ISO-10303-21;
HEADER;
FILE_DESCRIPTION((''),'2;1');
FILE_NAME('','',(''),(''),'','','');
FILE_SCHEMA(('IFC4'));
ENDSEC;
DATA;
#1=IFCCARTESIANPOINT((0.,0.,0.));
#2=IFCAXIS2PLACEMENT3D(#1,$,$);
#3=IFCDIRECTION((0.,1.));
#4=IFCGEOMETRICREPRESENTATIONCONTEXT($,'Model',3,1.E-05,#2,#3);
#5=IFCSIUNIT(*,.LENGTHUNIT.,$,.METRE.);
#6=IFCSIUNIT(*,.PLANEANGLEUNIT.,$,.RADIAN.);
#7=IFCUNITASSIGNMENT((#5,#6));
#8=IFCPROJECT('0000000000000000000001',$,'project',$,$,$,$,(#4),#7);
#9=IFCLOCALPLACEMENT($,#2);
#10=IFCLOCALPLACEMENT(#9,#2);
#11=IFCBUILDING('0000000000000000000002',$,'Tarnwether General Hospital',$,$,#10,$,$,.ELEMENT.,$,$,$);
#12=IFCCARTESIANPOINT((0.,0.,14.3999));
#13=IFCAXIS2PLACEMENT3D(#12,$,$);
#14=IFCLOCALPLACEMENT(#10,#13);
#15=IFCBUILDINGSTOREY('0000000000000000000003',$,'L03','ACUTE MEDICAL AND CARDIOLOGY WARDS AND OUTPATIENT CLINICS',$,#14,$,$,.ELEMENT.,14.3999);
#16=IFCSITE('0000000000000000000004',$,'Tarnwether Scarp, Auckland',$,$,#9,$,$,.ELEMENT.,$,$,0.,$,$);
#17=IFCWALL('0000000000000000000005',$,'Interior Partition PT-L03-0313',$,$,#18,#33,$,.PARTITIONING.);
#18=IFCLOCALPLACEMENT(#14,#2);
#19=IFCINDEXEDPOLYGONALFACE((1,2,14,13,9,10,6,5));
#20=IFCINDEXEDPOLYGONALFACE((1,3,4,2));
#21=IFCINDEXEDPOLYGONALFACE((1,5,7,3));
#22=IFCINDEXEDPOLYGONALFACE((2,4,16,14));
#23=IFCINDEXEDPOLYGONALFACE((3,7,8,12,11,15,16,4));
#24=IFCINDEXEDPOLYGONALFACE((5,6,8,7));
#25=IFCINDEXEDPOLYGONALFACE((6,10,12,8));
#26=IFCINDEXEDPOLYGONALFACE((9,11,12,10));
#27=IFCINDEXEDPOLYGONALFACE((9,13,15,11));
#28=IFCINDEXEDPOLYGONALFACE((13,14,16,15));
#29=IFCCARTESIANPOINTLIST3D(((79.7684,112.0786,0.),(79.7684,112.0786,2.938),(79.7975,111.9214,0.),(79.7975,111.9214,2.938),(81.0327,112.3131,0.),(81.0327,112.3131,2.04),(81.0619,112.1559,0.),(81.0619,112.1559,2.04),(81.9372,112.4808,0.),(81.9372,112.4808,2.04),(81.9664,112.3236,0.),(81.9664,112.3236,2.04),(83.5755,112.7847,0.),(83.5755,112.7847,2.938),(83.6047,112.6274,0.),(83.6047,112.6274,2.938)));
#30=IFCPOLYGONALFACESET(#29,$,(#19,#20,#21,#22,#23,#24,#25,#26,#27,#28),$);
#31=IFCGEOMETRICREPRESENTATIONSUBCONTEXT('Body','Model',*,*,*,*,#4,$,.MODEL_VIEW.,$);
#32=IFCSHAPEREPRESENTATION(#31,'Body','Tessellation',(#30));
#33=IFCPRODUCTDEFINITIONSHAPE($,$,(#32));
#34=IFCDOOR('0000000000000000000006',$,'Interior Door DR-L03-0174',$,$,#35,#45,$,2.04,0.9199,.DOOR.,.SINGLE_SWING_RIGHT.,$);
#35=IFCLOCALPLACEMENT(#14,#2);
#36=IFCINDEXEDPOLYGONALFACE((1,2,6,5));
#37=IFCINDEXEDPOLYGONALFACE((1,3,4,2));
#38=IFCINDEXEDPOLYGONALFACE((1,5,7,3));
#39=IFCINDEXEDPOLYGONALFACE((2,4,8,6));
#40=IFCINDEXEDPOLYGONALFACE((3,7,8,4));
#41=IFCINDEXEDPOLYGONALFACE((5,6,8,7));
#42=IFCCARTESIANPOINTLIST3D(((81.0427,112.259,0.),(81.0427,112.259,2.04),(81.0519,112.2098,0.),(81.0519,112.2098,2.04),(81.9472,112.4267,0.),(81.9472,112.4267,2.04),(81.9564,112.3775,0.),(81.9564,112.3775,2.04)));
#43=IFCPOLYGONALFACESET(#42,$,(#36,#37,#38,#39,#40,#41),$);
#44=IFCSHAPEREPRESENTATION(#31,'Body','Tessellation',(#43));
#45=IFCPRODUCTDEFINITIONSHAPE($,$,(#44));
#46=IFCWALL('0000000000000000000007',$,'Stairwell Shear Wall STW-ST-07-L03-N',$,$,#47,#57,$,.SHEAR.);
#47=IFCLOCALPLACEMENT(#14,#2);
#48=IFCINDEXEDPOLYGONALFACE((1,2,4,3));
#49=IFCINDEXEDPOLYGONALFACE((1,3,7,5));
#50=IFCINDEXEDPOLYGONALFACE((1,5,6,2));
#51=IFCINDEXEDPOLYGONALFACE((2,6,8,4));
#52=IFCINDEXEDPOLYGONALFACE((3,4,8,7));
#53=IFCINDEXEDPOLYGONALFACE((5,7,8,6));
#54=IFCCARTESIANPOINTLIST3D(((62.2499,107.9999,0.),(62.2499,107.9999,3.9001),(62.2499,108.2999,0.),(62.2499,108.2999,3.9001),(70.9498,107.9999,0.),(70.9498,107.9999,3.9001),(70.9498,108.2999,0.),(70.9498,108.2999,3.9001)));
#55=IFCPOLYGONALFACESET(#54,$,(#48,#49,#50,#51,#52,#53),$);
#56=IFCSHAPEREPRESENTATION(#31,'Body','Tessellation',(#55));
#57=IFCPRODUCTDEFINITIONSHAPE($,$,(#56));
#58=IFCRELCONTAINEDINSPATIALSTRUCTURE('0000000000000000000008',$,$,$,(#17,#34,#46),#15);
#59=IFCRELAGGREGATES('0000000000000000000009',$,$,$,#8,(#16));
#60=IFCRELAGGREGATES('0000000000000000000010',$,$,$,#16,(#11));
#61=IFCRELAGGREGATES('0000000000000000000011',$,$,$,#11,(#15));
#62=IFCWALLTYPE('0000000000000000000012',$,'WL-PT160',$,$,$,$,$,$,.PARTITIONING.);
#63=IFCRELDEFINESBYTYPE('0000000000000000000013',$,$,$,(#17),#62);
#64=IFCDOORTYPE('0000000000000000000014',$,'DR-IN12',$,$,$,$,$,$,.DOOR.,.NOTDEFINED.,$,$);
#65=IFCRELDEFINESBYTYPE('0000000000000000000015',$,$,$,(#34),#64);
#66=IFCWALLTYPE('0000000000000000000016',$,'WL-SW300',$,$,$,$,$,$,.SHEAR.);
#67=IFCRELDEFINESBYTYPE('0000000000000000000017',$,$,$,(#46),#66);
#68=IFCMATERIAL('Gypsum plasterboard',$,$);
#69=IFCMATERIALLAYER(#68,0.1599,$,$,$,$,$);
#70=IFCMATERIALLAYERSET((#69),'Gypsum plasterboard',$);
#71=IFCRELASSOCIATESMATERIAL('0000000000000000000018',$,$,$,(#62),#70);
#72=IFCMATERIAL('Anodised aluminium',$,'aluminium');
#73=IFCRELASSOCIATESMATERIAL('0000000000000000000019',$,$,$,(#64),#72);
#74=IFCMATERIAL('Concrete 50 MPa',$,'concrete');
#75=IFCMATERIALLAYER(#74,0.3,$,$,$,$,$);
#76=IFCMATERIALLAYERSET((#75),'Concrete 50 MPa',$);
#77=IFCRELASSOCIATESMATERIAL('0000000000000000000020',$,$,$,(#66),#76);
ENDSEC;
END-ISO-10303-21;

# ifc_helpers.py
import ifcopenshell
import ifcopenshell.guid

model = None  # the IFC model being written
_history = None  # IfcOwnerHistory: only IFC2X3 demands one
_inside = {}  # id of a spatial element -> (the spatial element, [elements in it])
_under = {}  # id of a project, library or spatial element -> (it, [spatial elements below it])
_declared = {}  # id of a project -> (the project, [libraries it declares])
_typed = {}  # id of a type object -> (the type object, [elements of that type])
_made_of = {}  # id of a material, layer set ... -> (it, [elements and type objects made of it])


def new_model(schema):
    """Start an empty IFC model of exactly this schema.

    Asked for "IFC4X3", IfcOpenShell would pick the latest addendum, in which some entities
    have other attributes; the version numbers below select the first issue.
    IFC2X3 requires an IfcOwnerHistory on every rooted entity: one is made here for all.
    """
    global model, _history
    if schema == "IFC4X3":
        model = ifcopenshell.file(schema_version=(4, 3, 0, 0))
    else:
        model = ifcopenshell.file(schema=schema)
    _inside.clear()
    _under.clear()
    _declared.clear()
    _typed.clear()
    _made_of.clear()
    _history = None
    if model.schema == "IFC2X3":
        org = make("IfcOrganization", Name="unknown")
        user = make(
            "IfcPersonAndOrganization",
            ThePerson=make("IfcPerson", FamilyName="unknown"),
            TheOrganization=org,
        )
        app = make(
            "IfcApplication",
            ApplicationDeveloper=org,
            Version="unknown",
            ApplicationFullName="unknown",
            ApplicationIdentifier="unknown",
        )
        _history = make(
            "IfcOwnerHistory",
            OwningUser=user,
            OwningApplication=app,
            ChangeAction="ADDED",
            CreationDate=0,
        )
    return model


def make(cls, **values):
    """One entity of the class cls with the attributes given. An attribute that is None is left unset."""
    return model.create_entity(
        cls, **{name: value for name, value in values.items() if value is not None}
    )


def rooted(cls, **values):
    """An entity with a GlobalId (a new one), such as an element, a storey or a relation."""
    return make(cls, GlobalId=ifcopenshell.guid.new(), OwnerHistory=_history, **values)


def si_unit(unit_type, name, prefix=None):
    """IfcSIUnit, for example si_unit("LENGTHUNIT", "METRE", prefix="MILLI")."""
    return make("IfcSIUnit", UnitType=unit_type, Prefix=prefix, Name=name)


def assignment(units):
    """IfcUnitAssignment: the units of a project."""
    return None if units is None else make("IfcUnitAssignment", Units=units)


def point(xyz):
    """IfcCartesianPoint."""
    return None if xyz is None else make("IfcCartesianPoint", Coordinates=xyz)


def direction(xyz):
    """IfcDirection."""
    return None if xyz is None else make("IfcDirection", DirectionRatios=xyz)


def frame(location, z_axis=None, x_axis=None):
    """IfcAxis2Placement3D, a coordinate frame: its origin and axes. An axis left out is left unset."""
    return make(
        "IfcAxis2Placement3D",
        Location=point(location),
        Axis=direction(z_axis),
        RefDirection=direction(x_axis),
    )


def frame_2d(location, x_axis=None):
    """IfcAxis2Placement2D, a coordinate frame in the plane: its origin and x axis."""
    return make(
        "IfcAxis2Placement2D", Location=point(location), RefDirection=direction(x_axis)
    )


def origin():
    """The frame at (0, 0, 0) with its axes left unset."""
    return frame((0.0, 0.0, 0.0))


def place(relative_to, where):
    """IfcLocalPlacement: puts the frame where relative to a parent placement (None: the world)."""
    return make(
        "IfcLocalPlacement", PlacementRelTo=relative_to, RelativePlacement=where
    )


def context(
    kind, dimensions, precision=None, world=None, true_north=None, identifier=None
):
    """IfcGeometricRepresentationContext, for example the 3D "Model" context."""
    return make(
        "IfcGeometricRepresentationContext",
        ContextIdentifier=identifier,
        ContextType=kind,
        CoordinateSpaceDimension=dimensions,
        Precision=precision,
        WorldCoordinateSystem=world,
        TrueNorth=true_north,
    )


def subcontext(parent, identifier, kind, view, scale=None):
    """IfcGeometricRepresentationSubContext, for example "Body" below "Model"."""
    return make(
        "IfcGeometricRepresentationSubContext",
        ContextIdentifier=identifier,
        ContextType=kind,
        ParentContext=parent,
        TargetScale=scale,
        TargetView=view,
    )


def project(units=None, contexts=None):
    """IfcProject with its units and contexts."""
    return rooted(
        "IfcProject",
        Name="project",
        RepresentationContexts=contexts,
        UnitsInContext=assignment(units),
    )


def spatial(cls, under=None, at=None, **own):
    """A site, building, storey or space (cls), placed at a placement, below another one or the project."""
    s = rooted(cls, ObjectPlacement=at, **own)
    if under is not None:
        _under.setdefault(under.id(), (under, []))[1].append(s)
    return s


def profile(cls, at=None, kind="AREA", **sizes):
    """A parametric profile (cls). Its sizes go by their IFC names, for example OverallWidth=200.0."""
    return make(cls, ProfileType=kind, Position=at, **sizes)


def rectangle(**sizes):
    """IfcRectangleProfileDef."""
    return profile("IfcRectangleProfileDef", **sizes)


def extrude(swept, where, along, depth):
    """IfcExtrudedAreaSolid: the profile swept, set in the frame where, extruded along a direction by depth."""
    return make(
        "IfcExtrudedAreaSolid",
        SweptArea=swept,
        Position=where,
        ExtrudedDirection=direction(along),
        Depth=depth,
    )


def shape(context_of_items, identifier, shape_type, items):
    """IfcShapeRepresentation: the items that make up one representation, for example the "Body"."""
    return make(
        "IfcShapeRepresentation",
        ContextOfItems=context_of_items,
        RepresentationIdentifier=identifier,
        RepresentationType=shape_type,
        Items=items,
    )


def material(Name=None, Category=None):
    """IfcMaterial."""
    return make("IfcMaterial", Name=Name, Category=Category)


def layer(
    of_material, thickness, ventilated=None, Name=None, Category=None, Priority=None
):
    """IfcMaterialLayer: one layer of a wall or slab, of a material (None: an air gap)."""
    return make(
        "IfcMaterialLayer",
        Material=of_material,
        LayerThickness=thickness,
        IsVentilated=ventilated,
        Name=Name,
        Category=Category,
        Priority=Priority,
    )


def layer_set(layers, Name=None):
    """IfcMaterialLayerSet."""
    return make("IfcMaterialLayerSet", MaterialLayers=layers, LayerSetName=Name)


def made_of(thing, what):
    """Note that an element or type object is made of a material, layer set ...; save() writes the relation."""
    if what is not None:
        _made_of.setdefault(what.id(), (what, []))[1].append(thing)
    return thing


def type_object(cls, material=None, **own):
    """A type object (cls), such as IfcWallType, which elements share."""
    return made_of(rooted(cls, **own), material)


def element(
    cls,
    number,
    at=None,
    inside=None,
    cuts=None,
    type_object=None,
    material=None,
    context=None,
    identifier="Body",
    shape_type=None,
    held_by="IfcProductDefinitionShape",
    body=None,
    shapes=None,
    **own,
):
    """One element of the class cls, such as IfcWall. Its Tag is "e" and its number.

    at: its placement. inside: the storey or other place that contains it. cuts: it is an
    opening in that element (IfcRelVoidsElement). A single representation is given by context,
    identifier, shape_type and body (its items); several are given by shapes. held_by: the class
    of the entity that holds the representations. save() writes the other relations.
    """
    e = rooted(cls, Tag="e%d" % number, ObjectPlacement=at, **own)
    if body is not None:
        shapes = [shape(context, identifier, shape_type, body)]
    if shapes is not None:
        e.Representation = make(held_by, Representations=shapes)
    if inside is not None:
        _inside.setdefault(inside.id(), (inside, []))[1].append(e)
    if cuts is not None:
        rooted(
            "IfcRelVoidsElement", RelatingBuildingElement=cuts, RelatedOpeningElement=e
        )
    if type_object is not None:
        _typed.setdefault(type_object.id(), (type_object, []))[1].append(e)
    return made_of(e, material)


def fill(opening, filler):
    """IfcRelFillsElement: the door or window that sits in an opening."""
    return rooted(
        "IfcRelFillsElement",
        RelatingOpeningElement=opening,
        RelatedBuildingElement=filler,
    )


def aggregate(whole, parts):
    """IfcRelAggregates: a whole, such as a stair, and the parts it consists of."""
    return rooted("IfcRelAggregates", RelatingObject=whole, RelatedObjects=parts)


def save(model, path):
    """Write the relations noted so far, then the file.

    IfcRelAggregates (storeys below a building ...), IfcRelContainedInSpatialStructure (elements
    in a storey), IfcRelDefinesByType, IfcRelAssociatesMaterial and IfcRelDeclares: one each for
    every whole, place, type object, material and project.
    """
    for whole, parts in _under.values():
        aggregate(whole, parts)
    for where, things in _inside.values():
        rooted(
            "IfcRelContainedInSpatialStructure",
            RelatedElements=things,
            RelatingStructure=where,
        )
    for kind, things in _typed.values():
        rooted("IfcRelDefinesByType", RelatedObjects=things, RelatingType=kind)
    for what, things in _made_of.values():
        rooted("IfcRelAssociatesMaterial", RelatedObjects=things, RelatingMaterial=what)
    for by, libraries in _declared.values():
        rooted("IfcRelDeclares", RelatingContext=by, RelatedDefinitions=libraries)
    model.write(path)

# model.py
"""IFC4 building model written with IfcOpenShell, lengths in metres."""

from ifc_helpers import new_model, si_unit, direction, frame, frame_2d, origin, place, context, subcontext, project, spatial, rectangle, extrude, material, layer, layer_set, type_object, element, fill, save


model = new_model("IFC4")

# Units and contexts
model_context = context("Model", 3, precision=1e-05, world=origin(), true_north=direction((0.0, 1.0)))
body_context = subcontext(model_context, "Body", "Model", "MODEL_VIEW")
ifc_project = project(units=[si_unit("LENGTHUNIT", "METRE"), si_unit("PLANEANGLEUNIT", "RADIAN")], contexts=[model_context])

# Site, building, storey
site_placement = place(None, origin())
site = spatial("IfcSite", under=ifc_project, at=site_placement, Name="Tarnwether Scarp, Auckland", CompositionType="ELEMENT", RefElevation=0.0)
building_placement = place(site_placement, origin())
building = spatial("IfcBuilding", under=site, at=building_placement, Name="Tarnwether General Hospital", CompositionType="ELEMENT")
storey_placement = place(building_placement, frame((0.0, 0.0, 14.3999)))
storey = spatial("IfcBuildingStorey", under=building, at=storey_placement, Name="L03", Description="ACUTE MEDICAL AND CARDIOLOGY WARDS AND OUTPATIENT CLINICS", CompositionType="ELEMENT", Elevation=14.3999)

# Wall, opening, door
ifc_material_1 = material(Name="Gypsum plasterboard")
ifc_layer_1 = layer(ifc_material_1, 0.1599)
ifc_layer_set_1 = layer_set([ifc_layer_1], Name="Gypsum plasterboard")
wall_type_1 = type_object("IfcWallType", Name="WL-PT160", PredefinedType="PARTITIONING", material=ifc_layer_set_1)
wall_1_placement = place(storey_placement, frame((79.783, 112.0, 0.0), z_axis=(0.0, 0.0, 1.0), x_axis=(0.983234, 0.182347, 0.0)))
wall_1 = element("IfcWall", 1, at=wall_1_placement, inside=storey, type_object=wall_type_1, Name="Interior Partition PT-L03-0313", PredefinedType="PARTITIONING", context=body_context, shape_type="SweptSolid", body=[
    extrude(rectangle(XDim=3.8721, YDim=0.1599, at=frame_2d((1.936, 0.0))), origin(), (0.0, 0.0, 1.0), 2.938),
])
opening_1_placement = place(wall_1_placement, frame((1.2859, 0.0, 0.0)))
opening_1 = element("IfcOpeningElement", 2, at=opening_1_placement, cuts=wall_1, PredefinedType="OPENING", context=body_context, shape_type="SweptSolid", body=[
    extrude(rectangle(XDim=0.9199, YDim=2.04, at=frame_2d((0.46, 1.02))), frame((0.0, 0.0898, 0.0), z_axis=(0.0, -1.0, 0.0), x_axis=(1.0, 0.0, 0.0)), (0.0, 0.0, 1.0), 0.1799),
])
ifc_material_2 = material(Name="Anodised aluminium", Category="aluminium")
door_type_1 = type_object("IfcDoorType", Name="DR-IN12", OperationType="NOTDEFINED", PredefinedType="DOOR", material=ifc_material_2)
door_1_placement = place(opening_1_placement, origin())
door_1 = element("IfcDoor", 3, at=door_1_placement, inside=storey, type_object=door_type_1, Name="Interior Door DR-L03-0174", OperationType="SINGLE_SWING_RIGHT", OverallHeight=2.04, OverallWidth=0.9199, PredefinedType="DOOR", context=body_context, shape_type="SweptSolid", body=[
    extrude(rectangle(XDim=0.9199, YDim=2.04, at=frame_2d((0.46, 1.02))), frame((0.0, 0.0249, 0.0), z_axis=(0.0, -1.0, 0.0), x_axis=(1.0, 0.0, 0.0)), (0.0, 0.0, 1.0), 0.05),
])
fill(opening_1, door_1)

# Wall
ifc_material_3 = material(Name="Concrete 50 MPa", Category="concrete")
ifc_layer_2 = layer(ifc_material_3, 0.3)
ifc_layer_set_2 = layer_set([ifc_layer_2], Name="Concrete 50 MPa")
wall_type_2 = type_object("IfcWallType", Name="WL-SW300", PredefinedType="SHEAR", material=ifc_layer_set_2)
wall_2_placement = place(storey_placement, frame((70.95, 108.1499, 0.0), z_axis=(0.0, 0.0, 1.0), x_axis=(-1.0, 0.0, 0.0)))
element("IfcWall", 4, at=wall_2_placement, inside=storey, type_object=wall_type_2, Name="Stairwell Shear Wall STW-ST-07-L03-N", PredefinedType="SHEAR", context=body_context, shape_type="SweptSolid", body=[
    extrude(rectangle(XDim=8.7, YDim=0.3, at=frame_2d((4.3501, 0.0))), origin(), (0.0, 0.0, 1.0), 3.9001),
])

save(model, "model.ifc")
